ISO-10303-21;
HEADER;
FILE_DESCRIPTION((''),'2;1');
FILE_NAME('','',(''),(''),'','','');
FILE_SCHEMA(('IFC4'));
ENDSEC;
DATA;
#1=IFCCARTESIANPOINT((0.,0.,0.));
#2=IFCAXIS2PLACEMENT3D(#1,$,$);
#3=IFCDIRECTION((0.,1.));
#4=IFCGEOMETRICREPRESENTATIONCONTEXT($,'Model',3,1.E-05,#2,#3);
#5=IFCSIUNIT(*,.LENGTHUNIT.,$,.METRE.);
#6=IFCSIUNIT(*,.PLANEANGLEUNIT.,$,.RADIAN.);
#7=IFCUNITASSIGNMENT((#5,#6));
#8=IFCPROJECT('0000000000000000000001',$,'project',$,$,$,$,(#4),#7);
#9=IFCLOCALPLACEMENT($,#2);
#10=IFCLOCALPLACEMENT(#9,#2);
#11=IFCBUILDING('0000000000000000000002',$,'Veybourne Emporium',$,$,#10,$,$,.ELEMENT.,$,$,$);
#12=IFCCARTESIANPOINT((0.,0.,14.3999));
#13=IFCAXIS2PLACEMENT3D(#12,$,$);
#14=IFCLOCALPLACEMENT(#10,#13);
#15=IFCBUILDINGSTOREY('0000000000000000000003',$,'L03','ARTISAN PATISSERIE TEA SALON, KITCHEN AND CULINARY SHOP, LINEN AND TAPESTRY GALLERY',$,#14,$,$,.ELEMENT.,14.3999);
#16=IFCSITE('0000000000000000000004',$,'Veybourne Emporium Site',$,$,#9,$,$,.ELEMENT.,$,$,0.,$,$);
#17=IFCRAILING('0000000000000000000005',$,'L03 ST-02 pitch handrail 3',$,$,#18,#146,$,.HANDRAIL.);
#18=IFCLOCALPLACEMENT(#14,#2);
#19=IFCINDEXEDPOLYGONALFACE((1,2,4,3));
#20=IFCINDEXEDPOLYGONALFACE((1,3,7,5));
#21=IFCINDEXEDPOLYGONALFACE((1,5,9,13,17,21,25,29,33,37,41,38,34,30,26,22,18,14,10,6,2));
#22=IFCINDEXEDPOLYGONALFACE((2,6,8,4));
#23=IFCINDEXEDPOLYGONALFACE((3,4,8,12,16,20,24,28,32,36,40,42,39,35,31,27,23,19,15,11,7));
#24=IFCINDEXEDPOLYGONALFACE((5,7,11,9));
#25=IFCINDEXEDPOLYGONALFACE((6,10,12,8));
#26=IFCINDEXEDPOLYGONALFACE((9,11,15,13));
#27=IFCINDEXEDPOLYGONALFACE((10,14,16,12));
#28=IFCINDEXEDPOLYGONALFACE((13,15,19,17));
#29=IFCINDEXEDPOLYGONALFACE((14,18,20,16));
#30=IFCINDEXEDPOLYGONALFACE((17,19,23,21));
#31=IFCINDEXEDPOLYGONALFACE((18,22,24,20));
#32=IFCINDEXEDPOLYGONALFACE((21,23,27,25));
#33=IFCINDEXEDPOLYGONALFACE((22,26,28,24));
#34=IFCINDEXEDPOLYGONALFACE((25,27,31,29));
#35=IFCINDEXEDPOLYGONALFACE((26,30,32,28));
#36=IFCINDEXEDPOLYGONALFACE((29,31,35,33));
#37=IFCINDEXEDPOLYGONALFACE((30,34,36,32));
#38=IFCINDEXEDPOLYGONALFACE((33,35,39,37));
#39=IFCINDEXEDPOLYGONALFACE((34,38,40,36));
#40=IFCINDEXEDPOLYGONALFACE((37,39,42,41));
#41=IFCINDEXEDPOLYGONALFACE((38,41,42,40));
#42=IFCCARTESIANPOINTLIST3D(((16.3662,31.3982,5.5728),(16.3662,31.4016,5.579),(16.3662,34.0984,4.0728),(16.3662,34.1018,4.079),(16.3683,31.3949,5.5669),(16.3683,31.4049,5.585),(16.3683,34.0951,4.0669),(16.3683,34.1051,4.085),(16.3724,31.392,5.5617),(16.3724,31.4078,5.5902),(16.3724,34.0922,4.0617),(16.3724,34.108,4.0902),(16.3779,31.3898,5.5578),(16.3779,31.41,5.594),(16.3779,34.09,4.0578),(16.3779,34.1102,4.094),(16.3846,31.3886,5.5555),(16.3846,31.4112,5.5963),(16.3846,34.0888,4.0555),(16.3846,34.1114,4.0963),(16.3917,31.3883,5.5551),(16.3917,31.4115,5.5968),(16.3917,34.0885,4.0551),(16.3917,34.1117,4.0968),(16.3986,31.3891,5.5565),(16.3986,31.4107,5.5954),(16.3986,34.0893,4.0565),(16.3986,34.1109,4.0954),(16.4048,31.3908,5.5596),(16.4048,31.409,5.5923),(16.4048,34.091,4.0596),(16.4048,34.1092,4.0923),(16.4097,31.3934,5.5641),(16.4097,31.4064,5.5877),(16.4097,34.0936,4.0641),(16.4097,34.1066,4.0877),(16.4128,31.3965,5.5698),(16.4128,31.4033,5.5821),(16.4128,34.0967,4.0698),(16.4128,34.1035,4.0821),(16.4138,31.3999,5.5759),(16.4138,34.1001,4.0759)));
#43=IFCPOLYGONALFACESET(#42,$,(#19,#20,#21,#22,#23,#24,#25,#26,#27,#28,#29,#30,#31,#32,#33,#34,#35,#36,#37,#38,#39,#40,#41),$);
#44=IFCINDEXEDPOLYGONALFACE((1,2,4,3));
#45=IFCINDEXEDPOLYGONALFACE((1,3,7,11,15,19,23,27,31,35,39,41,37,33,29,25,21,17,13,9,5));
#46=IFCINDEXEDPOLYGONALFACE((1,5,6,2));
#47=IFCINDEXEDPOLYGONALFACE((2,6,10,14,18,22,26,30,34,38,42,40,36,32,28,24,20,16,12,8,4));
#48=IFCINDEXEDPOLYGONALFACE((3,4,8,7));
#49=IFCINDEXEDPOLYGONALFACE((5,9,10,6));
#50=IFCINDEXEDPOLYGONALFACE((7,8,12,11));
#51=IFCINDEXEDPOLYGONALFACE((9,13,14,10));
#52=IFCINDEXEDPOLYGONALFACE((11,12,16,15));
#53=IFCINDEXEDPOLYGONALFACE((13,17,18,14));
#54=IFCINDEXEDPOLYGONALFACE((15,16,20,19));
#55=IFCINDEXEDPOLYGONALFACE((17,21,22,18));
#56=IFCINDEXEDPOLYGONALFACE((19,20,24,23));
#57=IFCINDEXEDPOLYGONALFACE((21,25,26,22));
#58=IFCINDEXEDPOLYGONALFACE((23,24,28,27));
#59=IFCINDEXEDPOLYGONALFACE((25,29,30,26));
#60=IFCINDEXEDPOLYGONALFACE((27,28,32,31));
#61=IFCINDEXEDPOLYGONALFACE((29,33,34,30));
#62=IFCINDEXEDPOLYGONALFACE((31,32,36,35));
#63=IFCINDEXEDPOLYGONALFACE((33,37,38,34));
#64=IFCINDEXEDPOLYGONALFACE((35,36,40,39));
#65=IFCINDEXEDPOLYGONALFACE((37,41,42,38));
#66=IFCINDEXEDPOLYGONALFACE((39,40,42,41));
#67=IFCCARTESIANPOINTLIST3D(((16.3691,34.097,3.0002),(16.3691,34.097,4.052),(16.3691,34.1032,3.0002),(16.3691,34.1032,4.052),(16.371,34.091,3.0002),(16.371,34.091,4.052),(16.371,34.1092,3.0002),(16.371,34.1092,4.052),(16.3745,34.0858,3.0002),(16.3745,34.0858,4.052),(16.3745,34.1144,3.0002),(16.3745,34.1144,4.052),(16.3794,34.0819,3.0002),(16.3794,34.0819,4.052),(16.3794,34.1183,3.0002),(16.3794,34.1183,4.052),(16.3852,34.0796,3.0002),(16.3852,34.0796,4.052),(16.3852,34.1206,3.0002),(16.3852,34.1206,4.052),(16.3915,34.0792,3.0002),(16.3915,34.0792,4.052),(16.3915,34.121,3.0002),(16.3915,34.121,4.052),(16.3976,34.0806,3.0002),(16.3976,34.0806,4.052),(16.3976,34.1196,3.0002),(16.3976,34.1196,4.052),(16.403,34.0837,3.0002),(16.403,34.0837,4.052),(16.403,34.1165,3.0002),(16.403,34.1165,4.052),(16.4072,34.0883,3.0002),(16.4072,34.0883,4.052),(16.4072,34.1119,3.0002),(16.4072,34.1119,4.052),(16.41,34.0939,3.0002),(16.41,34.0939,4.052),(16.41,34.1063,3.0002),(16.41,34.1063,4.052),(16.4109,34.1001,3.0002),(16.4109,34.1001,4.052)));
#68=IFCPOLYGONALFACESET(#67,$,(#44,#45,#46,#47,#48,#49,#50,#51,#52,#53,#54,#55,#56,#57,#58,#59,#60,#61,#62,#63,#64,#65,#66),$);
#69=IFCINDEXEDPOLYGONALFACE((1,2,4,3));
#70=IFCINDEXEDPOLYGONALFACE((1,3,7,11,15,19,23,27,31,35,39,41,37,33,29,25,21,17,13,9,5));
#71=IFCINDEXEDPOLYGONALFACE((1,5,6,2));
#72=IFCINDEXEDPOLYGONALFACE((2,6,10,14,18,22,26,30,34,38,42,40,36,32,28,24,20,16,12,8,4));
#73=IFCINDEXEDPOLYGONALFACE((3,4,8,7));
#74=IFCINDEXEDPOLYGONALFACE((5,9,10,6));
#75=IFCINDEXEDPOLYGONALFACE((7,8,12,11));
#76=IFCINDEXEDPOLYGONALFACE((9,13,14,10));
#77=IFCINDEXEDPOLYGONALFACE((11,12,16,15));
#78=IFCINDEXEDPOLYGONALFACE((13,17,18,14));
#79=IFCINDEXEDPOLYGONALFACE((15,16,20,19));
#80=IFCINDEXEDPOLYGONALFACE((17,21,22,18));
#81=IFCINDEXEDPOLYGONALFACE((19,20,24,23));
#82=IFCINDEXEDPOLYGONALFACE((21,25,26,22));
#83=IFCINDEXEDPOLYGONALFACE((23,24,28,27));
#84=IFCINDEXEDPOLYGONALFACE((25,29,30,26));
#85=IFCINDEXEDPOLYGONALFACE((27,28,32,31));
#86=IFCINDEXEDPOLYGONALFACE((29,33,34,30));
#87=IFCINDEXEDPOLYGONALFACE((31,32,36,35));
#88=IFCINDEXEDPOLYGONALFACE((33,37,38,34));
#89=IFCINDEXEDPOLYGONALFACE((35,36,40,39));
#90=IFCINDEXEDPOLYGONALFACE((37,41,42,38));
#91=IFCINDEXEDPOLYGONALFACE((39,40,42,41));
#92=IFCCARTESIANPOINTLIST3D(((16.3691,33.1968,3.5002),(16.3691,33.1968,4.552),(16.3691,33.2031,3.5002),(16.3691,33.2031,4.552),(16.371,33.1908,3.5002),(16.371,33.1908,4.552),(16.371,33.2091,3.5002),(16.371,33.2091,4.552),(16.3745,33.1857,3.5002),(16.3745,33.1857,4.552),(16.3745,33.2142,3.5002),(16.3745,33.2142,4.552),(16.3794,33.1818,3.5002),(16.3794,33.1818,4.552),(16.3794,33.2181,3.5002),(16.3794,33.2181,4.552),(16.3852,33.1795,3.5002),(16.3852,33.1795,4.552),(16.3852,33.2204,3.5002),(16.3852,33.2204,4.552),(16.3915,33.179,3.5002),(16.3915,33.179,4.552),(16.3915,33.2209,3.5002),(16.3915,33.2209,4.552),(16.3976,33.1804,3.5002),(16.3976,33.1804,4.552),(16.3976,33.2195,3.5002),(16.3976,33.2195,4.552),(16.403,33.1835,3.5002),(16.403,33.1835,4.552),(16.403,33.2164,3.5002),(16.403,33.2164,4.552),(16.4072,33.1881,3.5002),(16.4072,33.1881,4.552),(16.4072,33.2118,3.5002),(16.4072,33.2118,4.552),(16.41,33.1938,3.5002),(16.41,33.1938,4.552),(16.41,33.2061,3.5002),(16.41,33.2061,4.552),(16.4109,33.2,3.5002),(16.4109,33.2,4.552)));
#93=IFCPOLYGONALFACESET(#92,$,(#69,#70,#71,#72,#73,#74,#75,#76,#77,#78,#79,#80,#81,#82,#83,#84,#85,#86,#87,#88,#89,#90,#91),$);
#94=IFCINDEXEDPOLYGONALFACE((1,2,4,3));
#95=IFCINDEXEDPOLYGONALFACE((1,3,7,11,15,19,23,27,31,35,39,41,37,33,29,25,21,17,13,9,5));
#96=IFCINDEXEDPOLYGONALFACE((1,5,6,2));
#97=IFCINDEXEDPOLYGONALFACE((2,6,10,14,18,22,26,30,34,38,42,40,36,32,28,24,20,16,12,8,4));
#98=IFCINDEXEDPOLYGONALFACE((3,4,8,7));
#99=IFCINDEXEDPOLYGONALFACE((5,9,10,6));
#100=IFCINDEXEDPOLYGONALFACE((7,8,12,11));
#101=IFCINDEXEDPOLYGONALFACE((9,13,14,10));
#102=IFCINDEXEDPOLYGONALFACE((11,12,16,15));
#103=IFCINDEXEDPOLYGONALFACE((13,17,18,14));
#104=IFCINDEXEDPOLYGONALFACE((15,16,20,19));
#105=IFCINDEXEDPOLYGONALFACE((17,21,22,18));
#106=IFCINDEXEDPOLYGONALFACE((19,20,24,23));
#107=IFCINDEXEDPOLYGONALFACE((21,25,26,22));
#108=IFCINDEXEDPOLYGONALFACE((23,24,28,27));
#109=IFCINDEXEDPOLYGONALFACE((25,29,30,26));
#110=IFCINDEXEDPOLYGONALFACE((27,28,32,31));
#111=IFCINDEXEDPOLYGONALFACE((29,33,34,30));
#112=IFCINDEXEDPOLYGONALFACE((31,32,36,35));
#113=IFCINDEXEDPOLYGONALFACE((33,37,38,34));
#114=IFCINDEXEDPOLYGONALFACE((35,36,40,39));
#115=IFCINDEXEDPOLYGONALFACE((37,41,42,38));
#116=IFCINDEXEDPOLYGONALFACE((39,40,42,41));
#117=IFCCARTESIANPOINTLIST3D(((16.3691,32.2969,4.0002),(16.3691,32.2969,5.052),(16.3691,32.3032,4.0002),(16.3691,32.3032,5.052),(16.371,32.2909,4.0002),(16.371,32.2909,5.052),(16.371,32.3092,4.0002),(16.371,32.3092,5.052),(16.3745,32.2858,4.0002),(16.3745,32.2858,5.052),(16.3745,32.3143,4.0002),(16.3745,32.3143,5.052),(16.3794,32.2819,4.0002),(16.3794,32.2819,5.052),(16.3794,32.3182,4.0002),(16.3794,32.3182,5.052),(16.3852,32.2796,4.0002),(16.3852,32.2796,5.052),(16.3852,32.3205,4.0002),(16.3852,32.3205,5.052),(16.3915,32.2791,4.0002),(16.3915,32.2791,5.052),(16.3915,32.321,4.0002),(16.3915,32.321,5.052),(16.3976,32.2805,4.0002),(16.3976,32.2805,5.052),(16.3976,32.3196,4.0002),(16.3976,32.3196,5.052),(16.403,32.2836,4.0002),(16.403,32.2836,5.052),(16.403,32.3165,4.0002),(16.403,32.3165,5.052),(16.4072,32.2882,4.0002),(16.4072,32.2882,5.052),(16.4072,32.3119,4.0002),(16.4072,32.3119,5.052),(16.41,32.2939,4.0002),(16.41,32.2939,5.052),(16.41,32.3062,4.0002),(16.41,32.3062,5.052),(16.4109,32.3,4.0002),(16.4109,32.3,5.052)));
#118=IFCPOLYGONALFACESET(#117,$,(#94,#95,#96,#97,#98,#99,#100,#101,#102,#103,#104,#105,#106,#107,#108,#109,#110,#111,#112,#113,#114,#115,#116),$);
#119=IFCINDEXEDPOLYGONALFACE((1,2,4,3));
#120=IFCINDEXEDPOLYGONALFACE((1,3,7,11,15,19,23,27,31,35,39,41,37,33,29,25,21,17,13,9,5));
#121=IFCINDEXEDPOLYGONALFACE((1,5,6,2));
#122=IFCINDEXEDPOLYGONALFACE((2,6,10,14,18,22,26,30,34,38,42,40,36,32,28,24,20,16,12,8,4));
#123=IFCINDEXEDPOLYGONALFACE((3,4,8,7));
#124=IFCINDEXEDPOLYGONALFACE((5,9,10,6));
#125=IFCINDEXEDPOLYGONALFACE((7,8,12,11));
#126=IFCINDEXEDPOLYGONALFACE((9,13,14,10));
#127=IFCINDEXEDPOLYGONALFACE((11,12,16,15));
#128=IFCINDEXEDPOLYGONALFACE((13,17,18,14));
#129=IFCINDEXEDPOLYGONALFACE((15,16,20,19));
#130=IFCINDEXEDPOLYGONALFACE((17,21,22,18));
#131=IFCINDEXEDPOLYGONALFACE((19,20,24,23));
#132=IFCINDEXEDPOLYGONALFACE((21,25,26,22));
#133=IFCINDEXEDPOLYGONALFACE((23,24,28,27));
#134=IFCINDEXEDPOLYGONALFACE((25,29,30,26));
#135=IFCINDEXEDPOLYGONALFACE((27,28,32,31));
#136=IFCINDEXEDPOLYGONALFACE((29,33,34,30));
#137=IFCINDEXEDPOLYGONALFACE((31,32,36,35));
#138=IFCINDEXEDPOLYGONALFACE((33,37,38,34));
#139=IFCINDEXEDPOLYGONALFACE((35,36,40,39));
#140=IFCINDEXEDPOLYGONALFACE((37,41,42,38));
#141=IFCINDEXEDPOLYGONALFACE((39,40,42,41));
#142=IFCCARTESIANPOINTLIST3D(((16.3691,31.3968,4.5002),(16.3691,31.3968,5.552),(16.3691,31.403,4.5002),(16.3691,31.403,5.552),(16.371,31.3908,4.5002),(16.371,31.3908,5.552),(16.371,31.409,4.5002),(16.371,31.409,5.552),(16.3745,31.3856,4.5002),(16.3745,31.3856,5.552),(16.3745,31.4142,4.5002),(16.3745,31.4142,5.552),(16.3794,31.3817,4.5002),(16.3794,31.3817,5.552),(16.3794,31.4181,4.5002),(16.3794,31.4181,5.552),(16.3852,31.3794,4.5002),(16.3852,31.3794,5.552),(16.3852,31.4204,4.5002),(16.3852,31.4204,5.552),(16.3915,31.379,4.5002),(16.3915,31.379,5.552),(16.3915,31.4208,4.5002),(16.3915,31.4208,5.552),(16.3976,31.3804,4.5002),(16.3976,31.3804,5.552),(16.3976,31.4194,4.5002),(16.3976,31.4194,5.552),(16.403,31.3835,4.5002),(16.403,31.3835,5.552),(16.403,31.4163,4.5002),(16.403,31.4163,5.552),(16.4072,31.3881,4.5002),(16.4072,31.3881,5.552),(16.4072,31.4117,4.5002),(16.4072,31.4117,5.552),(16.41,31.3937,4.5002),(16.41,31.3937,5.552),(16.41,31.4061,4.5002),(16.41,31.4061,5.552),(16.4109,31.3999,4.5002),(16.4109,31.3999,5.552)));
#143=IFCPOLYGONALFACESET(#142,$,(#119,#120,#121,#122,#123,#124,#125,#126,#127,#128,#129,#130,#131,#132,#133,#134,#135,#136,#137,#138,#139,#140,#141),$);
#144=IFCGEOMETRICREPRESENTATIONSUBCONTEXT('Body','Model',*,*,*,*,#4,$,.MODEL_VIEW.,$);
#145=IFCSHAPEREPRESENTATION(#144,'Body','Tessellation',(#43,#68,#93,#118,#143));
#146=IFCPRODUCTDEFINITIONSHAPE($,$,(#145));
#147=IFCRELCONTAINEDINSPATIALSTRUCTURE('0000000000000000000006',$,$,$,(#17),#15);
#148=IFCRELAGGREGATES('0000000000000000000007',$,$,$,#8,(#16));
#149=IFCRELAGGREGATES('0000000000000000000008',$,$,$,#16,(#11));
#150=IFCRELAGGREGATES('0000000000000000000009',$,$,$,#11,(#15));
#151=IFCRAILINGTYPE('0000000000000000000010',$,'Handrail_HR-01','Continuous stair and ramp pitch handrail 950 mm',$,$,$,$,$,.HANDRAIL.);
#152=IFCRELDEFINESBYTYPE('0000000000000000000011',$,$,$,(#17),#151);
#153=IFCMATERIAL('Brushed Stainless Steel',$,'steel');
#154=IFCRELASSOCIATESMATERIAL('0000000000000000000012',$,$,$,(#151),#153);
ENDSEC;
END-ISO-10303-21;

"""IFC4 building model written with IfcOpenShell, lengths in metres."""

from ifc_helpers import new_model, si_unit, direction, frame, origin, origin_2d, place, context, subcontext, project, spatial, circle, extrude, material, type_object, element, save


model = new_model("IFC4")

# Units and contexts
model_context = context("Model", 3, precision=1e-05, world=origin(), true_north=direction((0.0, 1.0)))
body_context = subcontext(model_context, "Body", "Model", "MODEL_VIEW")
ifc_project = project(units=[si_unit("LENGTHUNIT", "METRE"), si_unit("PLANEANGLEUNIT", "RADIAN")], contexts=[model_context])

# Site, building, storey
site_placement = place(None, origin())
site = spatial("IfcSite", under=ifc_project, at=site_placement, Name="Veybourne Emporium Site", CompositionType="ELEMENT", RefElevation=0.0)
building_placement = place(site_placement, origin())
building = spatial("IfcBuilding", under=site, at=building_placement, Name="Veybourne Emporium", CompositionType="ELEMENT")
storey_placement = place(building_placement, frame((0.0, 0.0, 14.3999)))
storey = spatial("IfcBuildingStorey", under=building, at=storey_placement, Name="L03", Description="ARTISAN PATISSERIE TEA SALON, KITCHEN AND CULINARY SHOP, LINEN AND TAPESTRY GALLERY", CompositionType="ELEMENT", Elevation=14.3999)

# Railing
ifc_material_1 = material(Name="Brushed Stainless Steel", Category="steel")
railing_type_1 = type_object("IfcRailingType", Name="Handrail_HR-01", Description="Continuous stair and ramp pitch handrail 950 mm", PredefinedType="HANDRAIL", material=ifc_material_1)
railing_1_placement = place(storey_placement, frame((16.3899, 34.1001, 3.1501)))
element("IfcRailing", 1, at=railing_1_placement, inside=storey, type_object=railing_type_1, Name="L03 ST-02 pitch handrail 3", PredefinedType="HANDRAIL", context=body_context, shape_type="SweptSolid", body=[
    extrude(circle(Radius=0.0239, at=origin_2d()), frame((0.0, 0.0, 0.9258), z_axis=(0.0, -0.874172, 0.485616), x_axis=(1.0, 0.0, 0.0)), (0.0, 0.0, 1.0), 3.0889),
    extrude(circle(Radius=0.021, at=origin_2d()), frame((0.0, 0.0, -0.1499)), (0.0, 0.0, 1.0), 1.0518),
    extrude(circle(Radius=0.021, at=origin_2d()), frame((0.0, -0.9001, 0.3501)), (0.0, 0.0, 1.0), 1.0518),
    extrude(circle(Radius=0.021, at=origin_2d()), frame((0.0, -1.8, 0.8501)), (0.0, 0.0, 1.0), 1.0518),
    extrude(circle(Radius=0.021, at=origin_2d()), frame((0.0, -2.7002, 1.3501)), (0.0, 0.0, 1.0), 1.0518),
])

save(model, "model.ifc")
